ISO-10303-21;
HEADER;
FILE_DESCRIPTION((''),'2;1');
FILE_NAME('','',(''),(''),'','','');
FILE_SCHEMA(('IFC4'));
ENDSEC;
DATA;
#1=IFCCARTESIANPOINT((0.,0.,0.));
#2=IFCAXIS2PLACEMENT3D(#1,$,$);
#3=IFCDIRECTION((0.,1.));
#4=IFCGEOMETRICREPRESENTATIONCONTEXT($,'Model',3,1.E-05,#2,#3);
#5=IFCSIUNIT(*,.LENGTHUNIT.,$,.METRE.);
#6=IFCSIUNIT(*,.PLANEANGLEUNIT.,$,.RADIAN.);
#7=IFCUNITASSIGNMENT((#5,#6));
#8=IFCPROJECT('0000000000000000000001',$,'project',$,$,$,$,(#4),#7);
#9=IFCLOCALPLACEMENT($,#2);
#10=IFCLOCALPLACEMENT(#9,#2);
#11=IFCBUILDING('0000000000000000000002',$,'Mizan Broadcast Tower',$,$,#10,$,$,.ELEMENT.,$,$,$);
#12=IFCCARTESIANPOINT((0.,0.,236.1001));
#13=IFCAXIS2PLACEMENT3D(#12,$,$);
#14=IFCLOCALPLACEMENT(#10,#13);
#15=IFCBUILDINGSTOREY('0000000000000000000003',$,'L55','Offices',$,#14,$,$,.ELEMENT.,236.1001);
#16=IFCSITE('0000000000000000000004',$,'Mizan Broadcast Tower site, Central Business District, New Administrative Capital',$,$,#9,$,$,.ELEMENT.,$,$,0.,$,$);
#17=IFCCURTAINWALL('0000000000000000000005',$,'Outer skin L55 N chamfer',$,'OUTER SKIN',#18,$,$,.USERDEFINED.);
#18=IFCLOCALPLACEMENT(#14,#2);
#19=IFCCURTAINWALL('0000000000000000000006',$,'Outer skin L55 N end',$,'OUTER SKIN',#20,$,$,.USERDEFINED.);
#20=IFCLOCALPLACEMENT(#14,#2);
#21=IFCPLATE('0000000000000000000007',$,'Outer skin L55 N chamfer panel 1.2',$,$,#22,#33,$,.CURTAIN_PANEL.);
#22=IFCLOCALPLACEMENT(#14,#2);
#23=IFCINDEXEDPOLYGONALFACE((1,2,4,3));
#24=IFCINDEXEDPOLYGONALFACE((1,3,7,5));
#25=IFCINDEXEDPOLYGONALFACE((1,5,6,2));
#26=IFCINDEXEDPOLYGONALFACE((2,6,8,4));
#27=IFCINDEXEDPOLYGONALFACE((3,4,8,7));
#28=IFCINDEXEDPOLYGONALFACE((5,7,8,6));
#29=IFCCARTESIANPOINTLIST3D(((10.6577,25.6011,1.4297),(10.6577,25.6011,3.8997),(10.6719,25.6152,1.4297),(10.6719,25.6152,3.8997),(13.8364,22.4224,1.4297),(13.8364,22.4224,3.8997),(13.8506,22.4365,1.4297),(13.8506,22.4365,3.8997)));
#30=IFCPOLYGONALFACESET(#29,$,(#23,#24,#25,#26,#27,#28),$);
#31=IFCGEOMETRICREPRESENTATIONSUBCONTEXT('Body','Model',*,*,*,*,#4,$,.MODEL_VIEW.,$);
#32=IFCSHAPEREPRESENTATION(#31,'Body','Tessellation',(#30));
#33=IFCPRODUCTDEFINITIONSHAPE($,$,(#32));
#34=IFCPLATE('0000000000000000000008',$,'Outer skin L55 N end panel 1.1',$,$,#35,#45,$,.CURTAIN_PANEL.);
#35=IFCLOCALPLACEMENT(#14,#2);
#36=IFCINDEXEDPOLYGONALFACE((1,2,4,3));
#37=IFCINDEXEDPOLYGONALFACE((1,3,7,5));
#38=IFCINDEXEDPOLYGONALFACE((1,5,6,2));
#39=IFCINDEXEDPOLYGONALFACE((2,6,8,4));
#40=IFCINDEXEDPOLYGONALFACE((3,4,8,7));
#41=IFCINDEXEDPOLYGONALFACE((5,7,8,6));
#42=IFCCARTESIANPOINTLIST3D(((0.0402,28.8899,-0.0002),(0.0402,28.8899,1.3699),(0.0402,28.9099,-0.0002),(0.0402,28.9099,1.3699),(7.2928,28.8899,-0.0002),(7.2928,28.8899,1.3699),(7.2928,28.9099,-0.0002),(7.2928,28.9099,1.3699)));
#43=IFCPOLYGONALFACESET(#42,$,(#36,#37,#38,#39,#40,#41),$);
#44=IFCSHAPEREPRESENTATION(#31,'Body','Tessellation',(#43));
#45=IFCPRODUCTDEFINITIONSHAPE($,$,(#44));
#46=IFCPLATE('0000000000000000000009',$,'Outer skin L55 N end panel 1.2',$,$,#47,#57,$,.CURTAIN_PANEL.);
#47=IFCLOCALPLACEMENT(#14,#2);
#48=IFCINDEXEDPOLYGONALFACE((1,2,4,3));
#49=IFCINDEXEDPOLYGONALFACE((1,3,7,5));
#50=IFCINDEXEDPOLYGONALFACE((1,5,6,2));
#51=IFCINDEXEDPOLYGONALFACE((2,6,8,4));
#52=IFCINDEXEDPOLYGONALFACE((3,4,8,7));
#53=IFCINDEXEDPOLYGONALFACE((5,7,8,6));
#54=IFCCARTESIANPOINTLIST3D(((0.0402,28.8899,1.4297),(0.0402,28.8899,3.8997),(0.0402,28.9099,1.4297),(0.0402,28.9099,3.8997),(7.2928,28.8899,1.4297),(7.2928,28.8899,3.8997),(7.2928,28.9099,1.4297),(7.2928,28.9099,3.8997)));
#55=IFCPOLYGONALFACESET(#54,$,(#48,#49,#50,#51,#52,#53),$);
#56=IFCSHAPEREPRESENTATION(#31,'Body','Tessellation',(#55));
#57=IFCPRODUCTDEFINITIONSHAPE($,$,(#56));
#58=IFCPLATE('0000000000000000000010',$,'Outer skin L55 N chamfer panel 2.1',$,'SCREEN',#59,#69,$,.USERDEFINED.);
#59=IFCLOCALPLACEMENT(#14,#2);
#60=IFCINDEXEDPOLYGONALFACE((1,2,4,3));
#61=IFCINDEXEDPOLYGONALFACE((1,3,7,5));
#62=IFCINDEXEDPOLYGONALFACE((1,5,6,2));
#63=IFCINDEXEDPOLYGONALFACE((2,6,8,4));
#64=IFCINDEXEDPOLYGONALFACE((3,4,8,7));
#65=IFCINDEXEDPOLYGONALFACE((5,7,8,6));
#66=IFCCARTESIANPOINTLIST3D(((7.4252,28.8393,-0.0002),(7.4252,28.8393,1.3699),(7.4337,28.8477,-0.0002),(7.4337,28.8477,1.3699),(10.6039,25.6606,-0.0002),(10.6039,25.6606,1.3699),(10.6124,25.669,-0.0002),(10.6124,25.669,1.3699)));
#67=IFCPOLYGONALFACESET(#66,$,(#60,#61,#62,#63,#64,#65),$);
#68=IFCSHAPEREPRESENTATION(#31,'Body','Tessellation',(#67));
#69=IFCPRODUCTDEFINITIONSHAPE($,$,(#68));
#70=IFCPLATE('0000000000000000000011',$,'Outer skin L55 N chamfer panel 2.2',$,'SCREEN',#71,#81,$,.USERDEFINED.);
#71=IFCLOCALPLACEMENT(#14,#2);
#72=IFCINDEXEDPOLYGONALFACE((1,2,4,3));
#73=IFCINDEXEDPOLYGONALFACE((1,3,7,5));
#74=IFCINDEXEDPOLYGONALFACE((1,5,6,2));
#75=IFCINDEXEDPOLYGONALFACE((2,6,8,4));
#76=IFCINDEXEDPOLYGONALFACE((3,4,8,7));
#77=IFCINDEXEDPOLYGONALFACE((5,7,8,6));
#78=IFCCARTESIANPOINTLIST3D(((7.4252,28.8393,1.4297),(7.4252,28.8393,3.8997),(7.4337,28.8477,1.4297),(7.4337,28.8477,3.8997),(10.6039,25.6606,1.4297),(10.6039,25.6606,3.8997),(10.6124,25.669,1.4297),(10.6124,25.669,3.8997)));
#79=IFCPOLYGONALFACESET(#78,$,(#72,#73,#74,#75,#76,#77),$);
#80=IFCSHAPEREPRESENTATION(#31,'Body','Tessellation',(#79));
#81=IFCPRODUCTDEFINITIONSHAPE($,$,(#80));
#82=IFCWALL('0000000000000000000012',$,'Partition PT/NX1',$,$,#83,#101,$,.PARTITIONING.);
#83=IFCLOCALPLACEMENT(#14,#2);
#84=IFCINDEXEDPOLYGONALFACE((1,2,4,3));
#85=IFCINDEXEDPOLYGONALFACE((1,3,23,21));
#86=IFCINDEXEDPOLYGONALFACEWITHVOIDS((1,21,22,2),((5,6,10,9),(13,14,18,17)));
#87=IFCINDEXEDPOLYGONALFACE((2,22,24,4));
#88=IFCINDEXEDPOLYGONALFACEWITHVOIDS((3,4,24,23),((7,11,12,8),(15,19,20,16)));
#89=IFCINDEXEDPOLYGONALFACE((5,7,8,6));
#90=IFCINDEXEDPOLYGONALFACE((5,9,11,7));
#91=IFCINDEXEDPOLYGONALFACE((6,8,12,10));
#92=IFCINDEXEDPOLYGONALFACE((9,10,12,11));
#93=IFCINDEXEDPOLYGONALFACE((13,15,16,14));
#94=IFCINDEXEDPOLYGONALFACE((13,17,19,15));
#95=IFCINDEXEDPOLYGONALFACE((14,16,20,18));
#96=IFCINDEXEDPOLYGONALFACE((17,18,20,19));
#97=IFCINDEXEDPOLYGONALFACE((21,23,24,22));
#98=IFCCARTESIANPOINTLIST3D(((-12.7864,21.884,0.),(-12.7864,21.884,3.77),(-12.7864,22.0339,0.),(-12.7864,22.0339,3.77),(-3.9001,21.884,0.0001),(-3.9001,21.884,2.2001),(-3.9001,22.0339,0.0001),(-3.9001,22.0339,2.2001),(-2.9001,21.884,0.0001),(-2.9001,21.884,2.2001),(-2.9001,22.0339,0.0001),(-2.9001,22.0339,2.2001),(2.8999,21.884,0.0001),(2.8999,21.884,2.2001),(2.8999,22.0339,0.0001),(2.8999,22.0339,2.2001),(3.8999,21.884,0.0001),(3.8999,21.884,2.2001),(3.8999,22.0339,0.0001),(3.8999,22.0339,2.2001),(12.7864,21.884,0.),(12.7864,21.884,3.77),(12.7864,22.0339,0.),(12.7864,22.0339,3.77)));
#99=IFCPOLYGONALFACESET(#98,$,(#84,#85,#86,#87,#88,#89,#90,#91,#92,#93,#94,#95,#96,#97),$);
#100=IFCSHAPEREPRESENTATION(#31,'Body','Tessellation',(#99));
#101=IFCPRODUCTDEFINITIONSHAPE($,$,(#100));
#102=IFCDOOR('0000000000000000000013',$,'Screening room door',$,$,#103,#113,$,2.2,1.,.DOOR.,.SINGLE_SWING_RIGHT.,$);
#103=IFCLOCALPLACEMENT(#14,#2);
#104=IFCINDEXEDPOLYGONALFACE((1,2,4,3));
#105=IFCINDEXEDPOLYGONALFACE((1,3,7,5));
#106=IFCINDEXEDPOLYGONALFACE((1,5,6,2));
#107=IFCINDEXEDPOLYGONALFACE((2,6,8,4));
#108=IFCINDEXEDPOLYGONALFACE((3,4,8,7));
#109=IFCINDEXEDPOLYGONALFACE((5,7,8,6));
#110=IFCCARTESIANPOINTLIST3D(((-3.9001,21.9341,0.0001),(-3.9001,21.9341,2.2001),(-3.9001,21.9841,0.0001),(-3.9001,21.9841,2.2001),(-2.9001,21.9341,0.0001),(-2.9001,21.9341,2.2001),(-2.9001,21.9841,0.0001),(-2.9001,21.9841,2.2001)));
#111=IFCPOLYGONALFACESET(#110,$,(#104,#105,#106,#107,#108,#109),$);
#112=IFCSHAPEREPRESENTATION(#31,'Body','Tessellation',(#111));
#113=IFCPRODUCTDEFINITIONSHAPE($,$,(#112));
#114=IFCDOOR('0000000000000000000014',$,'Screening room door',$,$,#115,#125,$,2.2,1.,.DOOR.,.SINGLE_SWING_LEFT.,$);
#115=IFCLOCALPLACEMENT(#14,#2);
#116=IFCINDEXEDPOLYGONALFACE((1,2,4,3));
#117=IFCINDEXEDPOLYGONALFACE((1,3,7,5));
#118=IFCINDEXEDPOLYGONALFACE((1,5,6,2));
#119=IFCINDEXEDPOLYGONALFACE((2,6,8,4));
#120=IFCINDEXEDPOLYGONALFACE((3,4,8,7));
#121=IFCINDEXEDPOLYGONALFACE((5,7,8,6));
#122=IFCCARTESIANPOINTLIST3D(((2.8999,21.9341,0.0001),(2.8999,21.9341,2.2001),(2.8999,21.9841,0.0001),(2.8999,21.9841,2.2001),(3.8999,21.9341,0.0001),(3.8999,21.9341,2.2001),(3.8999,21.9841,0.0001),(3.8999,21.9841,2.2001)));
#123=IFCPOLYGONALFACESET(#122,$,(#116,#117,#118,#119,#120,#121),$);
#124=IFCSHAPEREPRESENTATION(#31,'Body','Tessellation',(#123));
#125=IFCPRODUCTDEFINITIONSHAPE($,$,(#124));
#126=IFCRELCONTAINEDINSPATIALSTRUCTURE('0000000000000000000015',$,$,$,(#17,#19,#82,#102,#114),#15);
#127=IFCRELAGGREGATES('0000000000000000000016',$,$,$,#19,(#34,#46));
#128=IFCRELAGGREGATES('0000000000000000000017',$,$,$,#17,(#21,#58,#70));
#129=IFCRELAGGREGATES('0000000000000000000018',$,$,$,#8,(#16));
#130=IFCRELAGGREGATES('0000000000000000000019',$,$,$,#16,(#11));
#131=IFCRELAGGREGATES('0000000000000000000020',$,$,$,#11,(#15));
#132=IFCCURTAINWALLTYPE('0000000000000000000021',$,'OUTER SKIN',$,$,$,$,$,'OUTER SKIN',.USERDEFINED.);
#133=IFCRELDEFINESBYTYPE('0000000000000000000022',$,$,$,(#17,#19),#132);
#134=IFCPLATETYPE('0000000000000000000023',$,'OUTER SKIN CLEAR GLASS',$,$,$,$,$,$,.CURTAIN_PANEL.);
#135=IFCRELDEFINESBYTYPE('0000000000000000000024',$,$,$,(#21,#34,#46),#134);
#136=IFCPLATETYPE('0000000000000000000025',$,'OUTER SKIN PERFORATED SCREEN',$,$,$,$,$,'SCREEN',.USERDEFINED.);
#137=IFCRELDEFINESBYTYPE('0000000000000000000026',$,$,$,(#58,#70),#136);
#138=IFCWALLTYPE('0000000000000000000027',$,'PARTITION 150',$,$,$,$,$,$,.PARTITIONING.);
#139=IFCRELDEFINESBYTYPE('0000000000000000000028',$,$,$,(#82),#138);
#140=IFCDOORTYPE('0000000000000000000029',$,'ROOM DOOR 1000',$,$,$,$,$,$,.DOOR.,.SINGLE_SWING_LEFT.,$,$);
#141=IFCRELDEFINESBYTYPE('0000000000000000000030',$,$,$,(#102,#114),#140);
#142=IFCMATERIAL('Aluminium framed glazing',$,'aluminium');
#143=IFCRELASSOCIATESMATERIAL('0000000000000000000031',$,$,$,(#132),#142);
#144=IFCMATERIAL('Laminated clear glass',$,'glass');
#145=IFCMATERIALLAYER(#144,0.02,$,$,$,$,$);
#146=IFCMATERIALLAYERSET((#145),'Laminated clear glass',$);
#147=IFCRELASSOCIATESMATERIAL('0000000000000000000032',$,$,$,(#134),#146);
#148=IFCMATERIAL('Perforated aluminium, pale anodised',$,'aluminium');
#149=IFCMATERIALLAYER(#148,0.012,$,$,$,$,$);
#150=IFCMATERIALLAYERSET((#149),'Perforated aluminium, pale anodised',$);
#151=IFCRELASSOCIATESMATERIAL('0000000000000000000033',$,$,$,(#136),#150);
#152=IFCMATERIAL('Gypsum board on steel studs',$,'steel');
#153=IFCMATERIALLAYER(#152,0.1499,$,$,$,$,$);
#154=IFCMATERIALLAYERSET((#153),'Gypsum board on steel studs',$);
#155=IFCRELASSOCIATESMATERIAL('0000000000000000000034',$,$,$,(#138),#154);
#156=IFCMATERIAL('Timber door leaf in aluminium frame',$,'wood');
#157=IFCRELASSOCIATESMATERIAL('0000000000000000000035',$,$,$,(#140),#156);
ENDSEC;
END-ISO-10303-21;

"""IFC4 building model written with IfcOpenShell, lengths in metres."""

from ifc_helpers import new_model, si_unit, direction, frame, frame_2d, origin, origin_2d, place, context, subcontext, project, spatial, rectangle, extrude, material, layer, layer_set, type_object, element, fill, aggregate, save


model = new_model("IFC4")

# Units and contexts
model_context = context("Model", 3, precision=1e-05, world=origin(), true_north=direction((0.0, 1.0)))
body_context = subcontext(model_context, "Body", "Model", "MODEL_VIEW")
ifc_project = project(units=[si_unit("LENGTHUNIT", "METRE"), si_unit("PLANEANGLEUNIT", "RADIAN")], contexts=[model_context])

# Site, building, storey
site_placement = place(None, origin())
site = spatial("IfcSite", under=ifc_project, at=site_placement, Name="Mizan Broadcast Tower site, Central Business District, New Administrative Capital", CompositionType="ELEMENT", RefElevation=0.0)
building_placement = place(site_placement, origin())
building = spatial("IfcBuilding", under=site, at=building_placement, Name="Mizan Broadcast Tower", CompositionType="ELEMENT")
storey_placement = place(building_placement, frame((0.0, 0.0, 236.1001)))
storey = spatial("IfcBuildingStorey", under=building, at=storey_placement, Name="L55", Description="Offices", CompositionType="ELEMENT", Elevation=236.1001)

# Curtain wall
ifc_material_1 = material(Name="Aluminium framed glazing", Category="aluminium")
curtain_wall_type_1 = type_object("IfcCurtainWallType", Name="OUTER SKIN", ElementType="OUTER SKIN", PredefinedType="USERDEFINED", material=ifc_material_1)
curtain_wall_1_placement = place(storey_placement, origin())
curtain_wall_1 = element("IfcCurtainWall", 1, at=curtain_wall_1_placement, inside=storey, type_object=curtain_wall_type_1, Name="Outer skin L55 N chamfer", ObjectType="OUTER SKIN", PredefinedType="USERDEFINED")

# Curtain wall
curtain_wall_2_placement = place(storey_placement, origin())
curtain_wall_2 = element("IfcCurtainWall", 2, at=curtain_wall_2_placement, inside=storey, type_object=curtain_wall_type_1, Name="Outer skin L55 N end", ObjectType="OUTER SKIN", PredefinedType="USERDEFINED")

# Plates
ifc_material_2 = material(Name="Laminated clear glass", Category="glass")
ifc_layer_1 = layer(ifc_material_2, 0.02)
ifc_layer_set_1 = layer_set([ifc_layer_1], Name="Laminated clear glass")
plate_type_1 = type_object("IfcPlateType", Name="OUTER SKIN CLEAR GLASS", PredefinedType="CURTAIN_PANEL", material=ifc_layer_set_1)
plate_1_placement = place(storey_placement, frame((12.2542, 24.0188, 1.4297), z_axis=(0.0, 0.0, 1.0), x_axis=(-0.707107, 0.707107, 0.0)))
plate_1 = element("IfcPlate", 3, at=plate_1_placement, type_object=plate_type_1, Name="Outer skin L55 N chamfer panel 1.2", PredefinedType="CURTAIN_PANEL", context=body_context, shape_type="SweptSolid", body=[
    extrude(rectangle(XDim=4.4954, YDim=0.02, at=origin_2d()), origin(), (0.0, 0.0, 1.0), 2.47),
])
plate_2_placement = place(storey_placement, frame((3.6665, 28.8999, -0.0002), z_axis=(0.0, 0.0, 1.0), x_axis=(-1.0, 0.0, 0.0)))
plate_2 = element("IfcPlate", 4, at=plate_2_placement, type_object=plate_type_1, Name="Outer skin L55 N end panel 1.1", PredefinedType="CURTAIN_PANEL", context=body_context, shape_type="SweptSolid", body=[
    extrude(rectangle(XDim=7.2527, YDim=0.02, at=origin_2d()), origin(), (0.0, 0.0, 1.0), 1.3701),
])
plate_3_placement = place(storey_placement, frame((3.6665, 28.8999, 1.4297), z_axis=(0.0, 0.0, 1.0), x_axis=(-1.0, 0.0, 0.0)))
plate_3 = element("IfcPlate", 5, at=plate_3_placement, type_object=plate_type_1, Name="Outer skin L55 N end panel 1.2", PredefinedType="CURTAIN_PANEL", context=body_context, shape_type="SweptSolid", body=[
    extrude(rectangle(XDim=7.2527, YDim=0.02, at=origin_2d()), origin(), (0.0, 0.0, 1.0), 2.47),
])
aggregate(curtain_wall_2, [plate_2, plate_3])
ifc_material_3 = material(Name="Perforated aluminium, pale anodised", Category="aluminium")
ifc_layer_2 = layer(ifc_material_3, 0.012)
ifc_layer_set_2 = layer_set([ifc_layer_2], Name="Perforated aluminium, pale anodised")
plate_type_2 = type_object("IfcPlateType", Name="OUTER SKIN PERFORATED SCREEN", ElementType="SCREEN", PredefinedType="USERDEFINED", material=ifc_layer_set_2)
plate_4_placement = place(storey_placement, frame((9.0188, 27.2542, -0.0002), z_axis=(0.0, 0.0, 1.0), x_axis=(-0.707107, 0.707107, 0.0)))
plate_4 = element("IfcPlate", 6, at=plate_4_placement, type_object=plate_type_2, Name="Outer skin L55 N chamfer panel 2.1", ObjectType="SCREEN", PredefinedType="USERDEFINED", context=body_context, shape_type="SweptSolid", body=[
    extrude(rectangle(XDim=4.4954, YDim=0.012, at=origin_2d()), origin(), (0.0, 0.0, 1.0), 1.3701),
])
plate_5_placement = place(storey_placement, frame((9.0188, 27.2542, 1.4297), z_axis=(0.0, 0.0, 1.0), x_axis=(-0.707107, 0.707107, 0.0)))
plate_5 = element("IfcPlate", 7, at=plate_5_placement, type_object=plate_type_2, Name="Outer skin L55 N chamfer panel 2.2", ObjectType="SCREEN", PredefinedType="USERDEFINED", context=body_context, shape_type="SweptSolid", body=[
    extrude(rectangle(XDim=4.4954, YDim=0.012, at=origin_2d()), origin(), (0.0, 0.0, 1.0), 2.47),
])
aggregate(curtain_wall_1, [plate_1, plate_4, plate_5])

# Wall, openings, doors
ifc_material_4 = material(Name="Gypsum board on steel studs", Category="steel")
ifc_layer_3 = layer(ifc_material_4, 0.1499)
ifc_layer_set_3 = layer_set([ifc_layer_3], Name="Gypsum board on steel studs")
wall_type = type_object("IfcWallType", Name="PARTITION 150", PredefinedType="PARTITIONING", material=ifc_layer_set_3)
wall_placement = place(storey_placement, frame((12.7864, 21.959, 0.0), z_axis=(0.0, 0.0, 1.0), x_axis=(-1.0, 0.0, 0.0)))
wall = element("IfcWall", 8, at=wall_placement, inside=storey, type_object=wall_type, Name="Partition PT/NX1", PredefinedType="PARTITIONING", context=body_context, shape_type="SweptSolid", body=[
    extrude(rectangle(XDim=25.5728, YDim=0.1499, at=frame_2d((12.7864, 0.0))), origin(), (0.0, 0.0, 1.0), 3.77),
])
opening_1_placement = place(wall_placement, frame((15.6865, 0.0, 0.0)))
opening_1 = element("IfcOpeningElement", 9, at=opening_1_placement, cuts=wall, PredefinedType="OPENING", context=body_context, shape_type="SweptSolid", body=[
    extrude(rectangle(XDim=1.0, YDim=2.2, at=frame_2d((0.5, 1.1001))), frame((0.0, 0.085, 0.0), z_axis=(0.0, -1.0, 0.0), x_axis=(1.0, 0.0, 0.0)), (0.0, 0.0, 1.0), 0.1699),
])
opening_2_placement = place(wall_placement, frame((8.8865, 0.0, 0.0)))
opening_2 = element("IfcOpeningElement", 10, at=opening_2_placement, cuts=wall, PredefinedType="OPENING", context=body_context, shape_type="SweptSolid", body=[
    extrude(rectangle(XDim=1.0, YDim=2.2, at=frame_2d((0.5, 1.1001))), frame((0.0, 0.085, 0.0), z_axis=(0.0, -1.0, 0.0), x_axis=(1.0, 0.0, 0.0)), (0.0, 0.0, 1.0), 0.1699),
])
ifc_material_5 = material(Name="Timber door leaf in aluminium frame", Category="wood")
door_type = type_object("IfcDoorType", Name="ROOM DOOR 1000", OperationType="SINGLE_SWING_LEFT", PredefinedType="DOOR", material=ifc_material_5)
door_1_placement = place(opening_1_placement, origin())
door_1 = element("IfcDoor", 11, at=door_1_placement, inside=storey, type_object=door_type, Name="Screening room door", OperationType="SINGLE_SWING_RIGHT", OverallHeight=2.2, OverallWidth=1.0, PredefinedType="DOOR", context=body_context, shape_type="SweptSolid", body=[
    extrude(rectangle(XDim=1.0, YDim=2.2, at=frame_2d((0.5, 1.1001))), frame((0.0, 0.0249, 0.0), z_axis=(0.0, -1.0, 0.0), x_axis=(1.0, 0.0, 0.0)), (0.0, 0.0, 1.0), 0.05),
])
fill(opening_1, door_1)
door_2_placement = place(opening_2_placement, origin())
door_2 = element("IfcDoor", 12, at=door_2_placement, inside=storey, type_object=door_type, Name="Screening room door", OperationType="SINGLE_SWING_LEFT", OverallHeight=2.2, OverallWidth=1.0, PredefinedType="DOOR", context=body_context, shape_type="SweptSolid", body=[
    extrude(rectangle(XDim=1.0, YDim=2.2, at=frame_2d((0.5, 1.1001))), frame((0.0, 0.0249, 0.0), z_axis=(0.0, -1.0, 0.0), x_axis=(1.0, 0.0, 0.0)), (0.0, 0.0, 1.0), 0.05),
])
fill(opening_2, door_2)

save(model, "model.ifc")
